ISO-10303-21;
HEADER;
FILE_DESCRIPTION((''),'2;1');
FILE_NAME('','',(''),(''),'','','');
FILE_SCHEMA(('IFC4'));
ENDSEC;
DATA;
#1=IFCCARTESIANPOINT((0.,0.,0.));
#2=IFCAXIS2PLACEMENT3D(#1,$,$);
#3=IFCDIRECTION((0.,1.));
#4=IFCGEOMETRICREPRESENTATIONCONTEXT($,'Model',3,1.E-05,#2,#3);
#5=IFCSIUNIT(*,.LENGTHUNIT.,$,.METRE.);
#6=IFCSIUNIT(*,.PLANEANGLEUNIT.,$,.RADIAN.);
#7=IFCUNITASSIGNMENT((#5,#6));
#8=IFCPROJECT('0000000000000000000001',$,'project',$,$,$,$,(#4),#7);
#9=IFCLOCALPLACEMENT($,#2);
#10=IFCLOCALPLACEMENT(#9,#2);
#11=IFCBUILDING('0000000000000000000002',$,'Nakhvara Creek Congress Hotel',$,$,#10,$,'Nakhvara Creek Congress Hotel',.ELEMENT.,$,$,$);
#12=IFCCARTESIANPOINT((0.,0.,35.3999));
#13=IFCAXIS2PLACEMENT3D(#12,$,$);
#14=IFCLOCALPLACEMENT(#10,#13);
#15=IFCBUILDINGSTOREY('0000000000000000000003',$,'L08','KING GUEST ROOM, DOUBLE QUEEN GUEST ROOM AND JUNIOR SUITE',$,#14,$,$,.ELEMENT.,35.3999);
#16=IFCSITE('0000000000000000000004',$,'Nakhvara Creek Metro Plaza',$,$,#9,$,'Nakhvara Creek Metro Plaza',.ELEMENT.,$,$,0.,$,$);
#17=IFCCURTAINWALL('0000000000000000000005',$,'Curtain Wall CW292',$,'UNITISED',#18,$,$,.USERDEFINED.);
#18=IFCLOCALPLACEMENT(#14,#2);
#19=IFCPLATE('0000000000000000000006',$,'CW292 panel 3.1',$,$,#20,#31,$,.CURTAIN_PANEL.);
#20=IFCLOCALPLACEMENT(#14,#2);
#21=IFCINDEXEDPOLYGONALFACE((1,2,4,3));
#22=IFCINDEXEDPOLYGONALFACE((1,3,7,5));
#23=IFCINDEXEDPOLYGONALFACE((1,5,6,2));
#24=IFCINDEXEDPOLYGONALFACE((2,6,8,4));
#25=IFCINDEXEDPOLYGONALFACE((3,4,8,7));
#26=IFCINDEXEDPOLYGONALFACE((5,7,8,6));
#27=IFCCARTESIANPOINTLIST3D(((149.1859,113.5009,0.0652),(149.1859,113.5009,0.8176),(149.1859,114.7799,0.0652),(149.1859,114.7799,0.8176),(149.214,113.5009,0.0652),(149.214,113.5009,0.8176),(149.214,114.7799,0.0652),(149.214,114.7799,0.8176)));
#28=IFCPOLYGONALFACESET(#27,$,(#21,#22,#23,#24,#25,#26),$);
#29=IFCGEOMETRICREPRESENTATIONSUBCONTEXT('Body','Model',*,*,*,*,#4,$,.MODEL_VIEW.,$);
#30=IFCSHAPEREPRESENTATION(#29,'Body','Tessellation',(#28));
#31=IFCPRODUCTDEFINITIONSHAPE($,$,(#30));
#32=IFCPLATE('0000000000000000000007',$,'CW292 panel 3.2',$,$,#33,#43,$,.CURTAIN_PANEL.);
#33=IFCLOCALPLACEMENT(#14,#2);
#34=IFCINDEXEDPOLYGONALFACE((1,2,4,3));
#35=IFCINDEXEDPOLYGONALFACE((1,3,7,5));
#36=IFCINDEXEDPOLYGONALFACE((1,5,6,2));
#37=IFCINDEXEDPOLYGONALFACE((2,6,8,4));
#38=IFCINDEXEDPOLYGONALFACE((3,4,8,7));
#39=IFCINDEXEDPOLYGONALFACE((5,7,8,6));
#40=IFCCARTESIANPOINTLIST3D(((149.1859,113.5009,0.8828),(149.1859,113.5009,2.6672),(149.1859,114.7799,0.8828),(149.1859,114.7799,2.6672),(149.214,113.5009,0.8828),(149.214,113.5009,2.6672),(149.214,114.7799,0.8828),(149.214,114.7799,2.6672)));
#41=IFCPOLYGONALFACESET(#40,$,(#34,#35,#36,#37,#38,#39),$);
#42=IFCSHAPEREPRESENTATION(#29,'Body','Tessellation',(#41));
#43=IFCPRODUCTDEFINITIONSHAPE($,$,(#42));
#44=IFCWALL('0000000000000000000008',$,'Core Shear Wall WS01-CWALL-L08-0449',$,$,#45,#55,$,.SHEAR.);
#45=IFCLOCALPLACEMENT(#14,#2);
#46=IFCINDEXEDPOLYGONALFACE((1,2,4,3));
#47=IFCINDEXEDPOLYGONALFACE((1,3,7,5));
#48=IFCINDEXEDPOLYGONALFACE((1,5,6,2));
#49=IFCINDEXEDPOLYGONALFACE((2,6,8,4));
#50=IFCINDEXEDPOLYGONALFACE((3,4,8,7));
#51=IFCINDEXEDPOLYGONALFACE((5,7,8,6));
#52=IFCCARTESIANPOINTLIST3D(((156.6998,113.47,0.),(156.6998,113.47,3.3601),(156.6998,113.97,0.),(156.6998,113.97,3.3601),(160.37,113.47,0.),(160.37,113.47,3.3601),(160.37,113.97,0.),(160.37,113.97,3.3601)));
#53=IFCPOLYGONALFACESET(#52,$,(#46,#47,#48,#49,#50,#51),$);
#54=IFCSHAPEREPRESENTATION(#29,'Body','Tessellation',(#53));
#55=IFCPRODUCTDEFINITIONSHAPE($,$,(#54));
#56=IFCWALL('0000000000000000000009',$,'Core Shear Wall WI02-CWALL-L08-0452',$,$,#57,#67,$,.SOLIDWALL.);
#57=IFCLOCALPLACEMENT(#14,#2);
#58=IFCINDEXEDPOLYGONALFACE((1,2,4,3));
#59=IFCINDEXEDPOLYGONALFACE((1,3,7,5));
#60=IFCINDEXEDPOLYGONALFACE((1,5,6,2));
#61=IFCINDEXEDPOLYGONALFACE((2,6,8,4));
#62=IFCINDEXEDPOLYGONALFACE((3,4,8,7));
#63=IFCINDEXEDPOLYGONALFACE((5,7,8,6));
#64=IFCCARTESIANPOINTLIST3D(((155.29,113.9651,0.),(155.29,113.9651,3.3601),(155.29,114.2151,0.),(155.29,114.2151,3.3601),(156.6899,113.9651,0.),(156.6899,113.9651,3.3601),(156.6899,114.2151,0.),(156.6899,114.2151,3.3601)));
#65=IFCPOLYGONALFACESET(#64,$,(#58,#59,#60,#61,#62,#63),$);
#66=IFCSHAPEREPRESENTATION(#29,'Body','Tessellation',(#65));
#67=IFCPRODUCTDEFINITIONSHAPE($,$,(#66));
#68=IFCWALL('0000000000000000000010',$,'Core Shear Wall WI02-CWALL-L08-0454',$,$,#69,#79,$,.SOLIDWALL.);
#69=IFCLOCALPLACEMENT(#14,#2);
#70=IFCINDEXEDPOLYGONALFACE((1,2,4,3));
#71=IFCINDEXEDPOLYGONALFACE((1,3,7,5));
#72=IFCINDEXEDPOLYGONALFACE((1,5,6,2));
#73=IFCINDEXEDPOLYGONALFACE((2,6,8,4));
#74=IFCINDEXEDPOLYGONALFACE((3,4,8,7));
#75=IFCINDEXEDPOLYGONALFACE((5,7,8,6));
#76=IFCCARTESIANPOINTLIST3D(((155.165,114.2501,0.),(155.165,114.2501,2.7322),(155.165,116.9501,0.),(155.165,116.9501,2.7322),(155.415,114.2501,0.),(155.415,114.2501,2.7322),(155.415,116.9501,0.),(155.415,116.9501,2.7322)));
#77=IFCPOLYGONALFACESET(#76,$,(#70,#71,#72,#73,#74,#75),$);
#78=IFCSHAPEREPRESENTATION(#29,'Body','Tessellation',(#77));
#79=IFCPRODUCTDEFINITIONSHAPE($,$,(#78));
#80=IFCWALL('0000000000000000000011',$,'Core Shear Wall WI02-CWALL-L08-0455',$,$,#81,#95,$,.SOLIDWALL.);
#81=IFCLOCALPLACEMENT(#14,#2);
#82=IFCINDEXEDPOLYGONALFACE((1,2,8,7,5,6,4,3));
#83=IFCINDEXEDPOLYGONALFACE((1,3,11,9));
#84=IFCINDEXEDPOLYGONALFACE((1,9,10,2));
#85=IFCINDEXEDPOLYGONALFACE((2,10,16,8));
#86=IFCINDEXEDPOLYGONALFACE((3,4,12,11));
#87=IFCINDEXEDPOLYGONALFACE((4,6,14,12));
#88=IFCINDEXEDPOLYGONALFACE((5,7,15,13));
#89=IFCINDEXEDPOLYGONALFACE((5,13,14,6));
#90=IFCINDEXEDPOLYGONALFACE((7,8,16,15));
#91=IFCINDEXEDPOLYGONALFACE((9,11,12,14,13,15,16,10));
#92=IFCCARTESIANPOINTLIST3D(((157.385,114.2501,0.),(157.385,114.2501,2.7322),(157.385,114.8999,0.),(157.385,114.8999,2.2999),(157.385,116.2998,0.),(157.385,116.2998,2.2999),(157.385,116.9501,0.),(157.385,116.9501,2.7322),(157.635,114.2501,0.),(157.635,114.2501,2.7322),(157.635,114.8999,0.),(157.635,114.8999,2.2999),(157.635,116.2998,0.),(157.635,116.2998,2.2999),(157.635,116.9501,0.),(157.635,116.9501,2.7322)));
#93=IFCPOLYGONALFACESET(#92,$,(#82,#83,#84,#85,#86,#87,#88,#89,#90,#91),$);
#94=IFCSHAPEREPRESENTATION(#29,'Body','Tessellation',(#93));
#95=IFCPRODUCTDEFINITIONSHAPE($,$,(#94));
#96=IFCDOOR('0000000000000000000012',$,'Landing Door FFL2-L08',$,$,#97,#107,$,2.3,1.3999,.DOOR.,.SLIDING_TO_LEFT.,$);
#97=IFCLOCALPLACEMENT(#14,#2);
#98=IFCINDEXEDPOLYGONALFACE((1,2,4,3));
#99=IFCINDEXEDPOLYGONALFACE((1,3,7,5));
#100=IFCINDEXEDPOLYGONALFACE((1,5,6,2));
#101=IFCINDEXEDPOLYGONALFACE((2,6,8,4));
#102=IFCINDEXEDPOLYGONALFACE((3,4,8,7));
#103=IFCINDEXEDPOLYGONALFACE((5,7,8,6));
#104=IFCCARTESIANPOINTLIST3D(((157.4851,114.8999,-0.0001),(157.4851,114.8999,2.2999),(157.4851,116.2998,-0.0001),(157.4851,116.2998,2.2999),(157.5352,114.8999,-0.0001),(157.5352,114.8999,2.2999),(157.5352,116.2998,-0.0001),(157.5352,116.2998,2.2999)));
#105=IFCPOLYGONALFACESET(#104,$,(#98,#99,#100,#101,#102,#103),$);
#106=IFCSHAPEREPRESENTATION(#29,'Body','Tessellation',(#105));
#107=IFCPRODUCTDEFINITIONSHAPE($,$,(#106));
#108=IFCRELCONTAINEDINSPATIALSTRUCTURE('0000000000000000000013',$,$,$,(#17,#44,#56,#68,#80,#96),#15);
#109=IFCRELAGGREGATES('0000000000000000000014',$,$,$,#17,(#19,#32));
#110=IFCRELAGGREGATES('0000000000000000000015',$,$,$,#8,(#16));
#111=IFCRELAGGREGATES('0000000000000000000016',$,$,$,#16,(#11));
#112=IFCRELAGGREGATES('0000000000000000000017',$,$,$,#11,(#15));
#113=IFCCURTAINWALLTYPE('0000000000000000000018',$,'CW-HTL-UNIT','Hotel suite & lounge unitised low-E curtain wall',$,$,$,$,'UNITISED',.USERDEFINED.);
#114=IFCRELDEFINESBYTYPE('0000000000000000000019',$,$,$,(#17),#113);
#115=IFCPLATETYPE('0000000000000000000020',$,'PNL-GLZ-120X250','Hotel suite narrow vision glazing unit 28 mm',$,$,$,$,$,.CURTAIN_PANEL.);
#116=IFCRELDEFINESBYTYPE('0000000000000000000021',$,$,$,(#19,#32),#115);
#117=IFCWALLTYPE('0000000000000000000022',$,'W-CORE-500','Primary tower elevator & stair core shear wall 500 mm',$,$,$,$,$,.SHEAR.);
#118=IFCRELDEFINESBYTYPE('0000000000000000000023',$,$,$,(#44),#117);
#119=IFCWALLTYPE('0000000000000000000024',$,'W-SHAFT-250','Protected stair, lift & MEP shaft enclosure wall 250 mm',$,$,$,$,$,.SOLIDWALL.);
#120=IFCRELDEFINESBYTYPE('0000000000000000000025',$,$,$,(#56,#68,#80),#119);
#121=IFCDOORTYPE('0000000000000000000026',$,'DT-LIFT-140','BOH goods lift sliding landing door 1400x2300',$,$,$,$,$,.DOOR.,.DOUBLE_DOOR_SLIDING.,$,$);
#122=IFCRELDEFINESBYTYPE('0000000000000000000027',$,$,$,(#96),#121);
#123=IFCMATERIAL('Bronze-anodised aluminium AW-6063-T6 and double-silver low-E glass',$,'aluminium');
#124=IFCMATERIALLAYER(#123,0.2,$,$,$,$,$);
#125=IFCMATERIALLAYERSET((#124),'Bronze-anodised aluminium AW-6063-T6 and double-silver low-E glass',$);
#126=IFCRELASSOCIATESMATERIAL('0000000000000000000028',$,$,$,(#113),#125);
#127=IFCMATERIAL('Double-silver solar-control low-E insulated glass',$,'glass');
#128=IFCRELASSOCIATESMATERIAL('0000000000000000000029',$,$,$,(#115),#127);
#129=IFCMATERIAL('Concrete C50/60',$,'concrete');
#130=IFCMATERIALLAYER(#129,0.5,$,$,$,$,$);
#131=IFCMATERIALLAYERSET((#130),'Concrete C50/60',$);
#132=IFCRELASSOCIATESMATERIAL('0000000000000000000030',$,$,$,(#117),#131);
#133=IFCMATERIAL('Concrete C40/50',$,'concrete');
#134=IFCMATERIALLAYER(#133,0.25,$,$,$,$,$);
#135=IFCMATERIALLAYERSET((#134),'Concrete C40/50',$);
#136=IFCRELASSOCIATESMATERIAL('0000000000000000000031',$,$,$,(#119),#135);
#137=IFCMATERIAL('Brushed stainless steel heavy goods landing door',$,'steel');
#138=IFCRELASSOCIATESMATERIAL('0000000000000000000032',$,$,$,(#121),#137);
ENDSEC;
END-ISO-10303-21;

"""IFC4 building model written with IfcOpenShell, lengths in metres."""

from ifc_helpers import new_model, si_unit, direction, frame, frame_2d, origin, origin_2d, place, context, subcontext, project, spatial, rectangle, extrude, material, layer, layer_set, type_object, element, fill, aggregate, save


model = new_model("IFC4")

# Units and contexts
model_context = context("Model", 3, precision=1e-05, world=origin(), true_north=direction((0.0, 1.0)))
body_context = subcontext(model_context, "Body", "Model", "MODEL_VIEW")
ifc_project = project(units=[si_unit("LENGTHUNIT", "METRE"), si_unit("PLANEANGLEUNIT", "RADIAN")], contexts=[model_context])

# Site, building, storey
site_placement = place(None, origin())
site = spatial("IfcSite", under=ifc_project, at=site_placement, Name="Nakhvara Creek Metro Plaza", LongName="Nakhvara Creek Metro Plaza", CompositionType="ELEMENT", RefElevation=0.0)
building_placement = place(site_placement, origin())
building = spatial("IfcBuilding", under=site, at=building_placement, Name="Nakhvara Creek Congress Hotel", LongName="Nakhvara Creek Congress Hotel", CompositionType="ELEMENT")
storey_placement = place(building_placement, frame((0.0, 0.0, 35.3999)))
storey = spatial("IfcBuildingStorey", under=building, at=storey_placement, Name="L08", Description="KING GUEST ROOM, DOUBLE QUEEN GUEST ROOM AND JUNIOR SUITE", CompositionType="ELEMENT", Elevation=35.3999)

# Shared definitions
ifc_material_1 = material(Name="Concrete C50/60", Category="concrete")

# Shared definitions
ifc_material_2 = material(Name="Concrete C40/50", Category="concrete")

# Curtain wall, plates
ifc_material_3 = material(Name="Bronze-anodised aluminium AW-6063-T6 and double-silver low-E glass", Category="aluminium")
ifc_layer_1 = layer(ifc_material_3, 0.2)
ifc_layer_set_1 = layer_set([ifc_layer_1], Name="Bronze-anodised aluminium AW-6063-T6 and double-silver low-E glass")
curtain_wall_type = type_object("IfcCurtainWallType", Name="CW-HTL-UNIT", Description="Hotel suite & lounge unitised low-E curtain wall", ElementType="UNITISED", PredefinedType="USERDEFINED", material=ifc_layer_set_1)
curtain_wall_placement = place(storey_placement, origin())
curtain_wall = element("IfcCurtainWall", 1, at=curtain_wall_placement, inside=storey, type_object=curtain_wall_type, Name="Curtain Wall CW292", ObjectType="UNITISED", PredefinedType="USERDEFINED")
ifc_material_4 = material(Name="Double-silver solar-control low-E insulated glass", Category="glass")
plate_type = type_object("IfcPlateType", Name="PNL-GLZ-120X250", Description="Hotel suite narrow vision glazing unit 28 mm", PredefinedType="CURTAIN_PANEL", material=ifc_material_4)
plate_1_placement = place(storey_placement, frame((149.2, 114.1404, 0.0652), z_axis=(0.0, 0.0, 1.0), x_axis=(0.0, 1.0, 0.0)))
plate_1 = element("IfcPlate", 2, at=plate_1_placement, type_object=plate_type, Name="CW292 panel 3.1", PredefinedType="CURTAIN_PANEL", context=body_context, shape_type="SweptSolid", body=[
    extrude(rectangle(XDim=1.2791, YDim=0.0281, at=origin_2d()), origin(), (0.0, 0.0, 1.0), 0.7524),
])
plate_2_placement = place(storey_placement, frame((149.2, 114.1404, 0.8828), z_axis=(0.0, 0.0, 1.0), x_axis=(0.0, 1.0, 0.0)))
plate_2 = element("IfcPlate", 3, at=plate_2_placement, type_object=plate_type, Name="CW292 panel 3.2", PredefinedType="CURTAIN_PANEL", context=body_context, shape_type="SweptSolid", body=[
    extrude(rectangle(XDim=1.2791, YDim=0.0281, at=origin_2d()), origin(), (0.0, 0.0, 1.0), 1.7844),
])
aggregate(curtain_wall, [plate_1, plate_2])

# Wall
ifc_layer_2 = layer(ifc_material_1, 0.5)
ifc_layer_set_2 = layer_set([ifc_layer_2], Name="Concrete C50/60")
wall_type_1 = type_object("IfcWallType", Name="W-CORE-500", Description="Primary tower elevator & stair core shear wall 500 mm", PredefinedType="SHEAR", material=ifc_layer_set_2)
wall_1_placement = place(storey_placement, frame((156.7, 113.72, 0.0), z_axis=(0.0, 0.0, 1.0), x_axis=(1.0, 0.0, 0.0)))
element("IfcWall", 4, at=wall_1_placement, inside=storey, type_object=wall_type_1, Name="Core Shear Wall WS01-CWALL-L08-0449", PredefinedType="SHEAR", context=body_context, shape_type="SweptSolid", body=[
    extrude(rectangle(XDim=3.6702, YDim=0.5, at=frame_2d((1.835, 0.0))), origin(), (0.0, 0.0, 1.0), 3.3601),
])

# Walls
ifc_layer_3 = layer(ifc_material_2, 0.25)
ifc_layer_set_3 = layer_set([ifc_layer_3], Name="Concrete C40/50")
wall_type_2 = type_object("IfcWallType", Name="W-SHAFT-250", Description="Protected stair, lift & MEP shaft enclosure wall 250 mm", PredefinedType="SOLIDWALL", material=ifc_layer_set_3)
wall_2_placement = place(storey_placement, frame((155.29, 114.0901, 0.0), z_axis=(0.0, 0.0, 1.0), x_axis=(1.0, 0.0, 0.0)))
element("IfcWall", 5, at=wall_2_placement, inside=storey, type_object=wall_type_2, Name="Core Shear Wall WI02-CWALL-L08-0452", PredefinedType="SOLIDWALL", context=body_context, shape_type="SweptSolid", body=[
    extrude(rectangle(XDim=1.3999, YDim=0.25, at=frame_2d((0.7, 0.0))), origin(), (0.0, 0.0, 1.0), 3.3601),
])
wall_3_placement = place(storey_placement, frame((155.29, 114.25, 0.0), z_axis=(0.0, 0.0, 1.0), x_axis=(0.0, 1.0, 0.0)))
element("IfcWall", 6, at=wall_3_placement, inside=storey, type_object=wall_type_2, Name="Core Shear Wall WI02-CWALL-L08-0454", PredefinedType="SOLIDWALL", context=body_context, shape_type="SweptSolid", body=[
    extrude(rectangle(XDim=2.7, YDim=0.25, at=frame_2d((1.3501, 0.0))), origin(), (0.0, 0.0, 1.0), 2.7322),
])

# Wall, opening, door
wall_4_placement = place(storey_placement, frame((157.51, 114.25, 0.0), z_axis=(0.0, 0.0, 1.0), x_axis=(0.0, 1.0, 0.0)))
wall_4 = element("IfcWall", 7, at=wall_4_placement, inside=storey, type_object=wall_type_2, Name="Core Shear Wall WI02-CWALL-L08-0455", PredefinedType="SOLIDWALL", context=body_context, shape_type="SweptSolid", body=[
    extrude(rectangle(XDim=2.7, YDim=0.25, at=frame_2d((1.3501, 0.0))), origin(), (0.0, 0.0, 1.0), 2.7322),
])
opening_1_placement = place(wall_4_placement, frame((0.6499, 0.0, 0.0)))
opening_1 = element("IfcOpeningElement", 8, at=opening_1_placement, cuts=wall_4, PredefinedType="OPENING", context=body_context, shape_type="SweptSolid", body=[
    extrude(rectangle(XDim=1.3999, YDim=2.3, at=frame_2d((0.7, 1.1499))), frame((0.0, 0.137, 0.0), z_axis=(0.0, -1.0, 0.0), x_axis=(1.0, 0.0, 0.0)), (0.0, 0.0, 1.0), 0.2739),
])
ifc_material_5 = material(Name="Brushed stainless steel heavy goods landing door", Category="steel")
door_type_1 = type_object("IfcDoorType", Name="DT-LIFT-140", Description="BOH goods lift sliding landing door 1400x2300", OperationType="DOUBLE_DOOR_SLIDING", PredefinedType="DOOR", material=ifc_material_5)
door_1_placement = place(opening_1_placement, origin())
door_1 = element("IfcDoor", 9, at=door_1_placement, inside=storey, type_object=door_type_1, Name="Landing Door FFL2-L08", OperationType="SLIDING_TO_LEFT", OverallHeight=2.3, OverallWidth=1.3999, PredefinedType="DOOR", context=body_context, shape_type="SweptSolid", body=[
    extrude(rectangle(XDim=1.3999, YDim=2.3, at=frame_2d((0.7, 1.1499))), frame((0.0, 0.0249, 0.0), z_axis=(0.0, -1.0, 0.0), x_axis=(1.0, 0.0, 0.0)), (0.0, 0.0, 1.0), 0.05),
])
fill(opening_1, door_1)

save(model, "model.ifc")
